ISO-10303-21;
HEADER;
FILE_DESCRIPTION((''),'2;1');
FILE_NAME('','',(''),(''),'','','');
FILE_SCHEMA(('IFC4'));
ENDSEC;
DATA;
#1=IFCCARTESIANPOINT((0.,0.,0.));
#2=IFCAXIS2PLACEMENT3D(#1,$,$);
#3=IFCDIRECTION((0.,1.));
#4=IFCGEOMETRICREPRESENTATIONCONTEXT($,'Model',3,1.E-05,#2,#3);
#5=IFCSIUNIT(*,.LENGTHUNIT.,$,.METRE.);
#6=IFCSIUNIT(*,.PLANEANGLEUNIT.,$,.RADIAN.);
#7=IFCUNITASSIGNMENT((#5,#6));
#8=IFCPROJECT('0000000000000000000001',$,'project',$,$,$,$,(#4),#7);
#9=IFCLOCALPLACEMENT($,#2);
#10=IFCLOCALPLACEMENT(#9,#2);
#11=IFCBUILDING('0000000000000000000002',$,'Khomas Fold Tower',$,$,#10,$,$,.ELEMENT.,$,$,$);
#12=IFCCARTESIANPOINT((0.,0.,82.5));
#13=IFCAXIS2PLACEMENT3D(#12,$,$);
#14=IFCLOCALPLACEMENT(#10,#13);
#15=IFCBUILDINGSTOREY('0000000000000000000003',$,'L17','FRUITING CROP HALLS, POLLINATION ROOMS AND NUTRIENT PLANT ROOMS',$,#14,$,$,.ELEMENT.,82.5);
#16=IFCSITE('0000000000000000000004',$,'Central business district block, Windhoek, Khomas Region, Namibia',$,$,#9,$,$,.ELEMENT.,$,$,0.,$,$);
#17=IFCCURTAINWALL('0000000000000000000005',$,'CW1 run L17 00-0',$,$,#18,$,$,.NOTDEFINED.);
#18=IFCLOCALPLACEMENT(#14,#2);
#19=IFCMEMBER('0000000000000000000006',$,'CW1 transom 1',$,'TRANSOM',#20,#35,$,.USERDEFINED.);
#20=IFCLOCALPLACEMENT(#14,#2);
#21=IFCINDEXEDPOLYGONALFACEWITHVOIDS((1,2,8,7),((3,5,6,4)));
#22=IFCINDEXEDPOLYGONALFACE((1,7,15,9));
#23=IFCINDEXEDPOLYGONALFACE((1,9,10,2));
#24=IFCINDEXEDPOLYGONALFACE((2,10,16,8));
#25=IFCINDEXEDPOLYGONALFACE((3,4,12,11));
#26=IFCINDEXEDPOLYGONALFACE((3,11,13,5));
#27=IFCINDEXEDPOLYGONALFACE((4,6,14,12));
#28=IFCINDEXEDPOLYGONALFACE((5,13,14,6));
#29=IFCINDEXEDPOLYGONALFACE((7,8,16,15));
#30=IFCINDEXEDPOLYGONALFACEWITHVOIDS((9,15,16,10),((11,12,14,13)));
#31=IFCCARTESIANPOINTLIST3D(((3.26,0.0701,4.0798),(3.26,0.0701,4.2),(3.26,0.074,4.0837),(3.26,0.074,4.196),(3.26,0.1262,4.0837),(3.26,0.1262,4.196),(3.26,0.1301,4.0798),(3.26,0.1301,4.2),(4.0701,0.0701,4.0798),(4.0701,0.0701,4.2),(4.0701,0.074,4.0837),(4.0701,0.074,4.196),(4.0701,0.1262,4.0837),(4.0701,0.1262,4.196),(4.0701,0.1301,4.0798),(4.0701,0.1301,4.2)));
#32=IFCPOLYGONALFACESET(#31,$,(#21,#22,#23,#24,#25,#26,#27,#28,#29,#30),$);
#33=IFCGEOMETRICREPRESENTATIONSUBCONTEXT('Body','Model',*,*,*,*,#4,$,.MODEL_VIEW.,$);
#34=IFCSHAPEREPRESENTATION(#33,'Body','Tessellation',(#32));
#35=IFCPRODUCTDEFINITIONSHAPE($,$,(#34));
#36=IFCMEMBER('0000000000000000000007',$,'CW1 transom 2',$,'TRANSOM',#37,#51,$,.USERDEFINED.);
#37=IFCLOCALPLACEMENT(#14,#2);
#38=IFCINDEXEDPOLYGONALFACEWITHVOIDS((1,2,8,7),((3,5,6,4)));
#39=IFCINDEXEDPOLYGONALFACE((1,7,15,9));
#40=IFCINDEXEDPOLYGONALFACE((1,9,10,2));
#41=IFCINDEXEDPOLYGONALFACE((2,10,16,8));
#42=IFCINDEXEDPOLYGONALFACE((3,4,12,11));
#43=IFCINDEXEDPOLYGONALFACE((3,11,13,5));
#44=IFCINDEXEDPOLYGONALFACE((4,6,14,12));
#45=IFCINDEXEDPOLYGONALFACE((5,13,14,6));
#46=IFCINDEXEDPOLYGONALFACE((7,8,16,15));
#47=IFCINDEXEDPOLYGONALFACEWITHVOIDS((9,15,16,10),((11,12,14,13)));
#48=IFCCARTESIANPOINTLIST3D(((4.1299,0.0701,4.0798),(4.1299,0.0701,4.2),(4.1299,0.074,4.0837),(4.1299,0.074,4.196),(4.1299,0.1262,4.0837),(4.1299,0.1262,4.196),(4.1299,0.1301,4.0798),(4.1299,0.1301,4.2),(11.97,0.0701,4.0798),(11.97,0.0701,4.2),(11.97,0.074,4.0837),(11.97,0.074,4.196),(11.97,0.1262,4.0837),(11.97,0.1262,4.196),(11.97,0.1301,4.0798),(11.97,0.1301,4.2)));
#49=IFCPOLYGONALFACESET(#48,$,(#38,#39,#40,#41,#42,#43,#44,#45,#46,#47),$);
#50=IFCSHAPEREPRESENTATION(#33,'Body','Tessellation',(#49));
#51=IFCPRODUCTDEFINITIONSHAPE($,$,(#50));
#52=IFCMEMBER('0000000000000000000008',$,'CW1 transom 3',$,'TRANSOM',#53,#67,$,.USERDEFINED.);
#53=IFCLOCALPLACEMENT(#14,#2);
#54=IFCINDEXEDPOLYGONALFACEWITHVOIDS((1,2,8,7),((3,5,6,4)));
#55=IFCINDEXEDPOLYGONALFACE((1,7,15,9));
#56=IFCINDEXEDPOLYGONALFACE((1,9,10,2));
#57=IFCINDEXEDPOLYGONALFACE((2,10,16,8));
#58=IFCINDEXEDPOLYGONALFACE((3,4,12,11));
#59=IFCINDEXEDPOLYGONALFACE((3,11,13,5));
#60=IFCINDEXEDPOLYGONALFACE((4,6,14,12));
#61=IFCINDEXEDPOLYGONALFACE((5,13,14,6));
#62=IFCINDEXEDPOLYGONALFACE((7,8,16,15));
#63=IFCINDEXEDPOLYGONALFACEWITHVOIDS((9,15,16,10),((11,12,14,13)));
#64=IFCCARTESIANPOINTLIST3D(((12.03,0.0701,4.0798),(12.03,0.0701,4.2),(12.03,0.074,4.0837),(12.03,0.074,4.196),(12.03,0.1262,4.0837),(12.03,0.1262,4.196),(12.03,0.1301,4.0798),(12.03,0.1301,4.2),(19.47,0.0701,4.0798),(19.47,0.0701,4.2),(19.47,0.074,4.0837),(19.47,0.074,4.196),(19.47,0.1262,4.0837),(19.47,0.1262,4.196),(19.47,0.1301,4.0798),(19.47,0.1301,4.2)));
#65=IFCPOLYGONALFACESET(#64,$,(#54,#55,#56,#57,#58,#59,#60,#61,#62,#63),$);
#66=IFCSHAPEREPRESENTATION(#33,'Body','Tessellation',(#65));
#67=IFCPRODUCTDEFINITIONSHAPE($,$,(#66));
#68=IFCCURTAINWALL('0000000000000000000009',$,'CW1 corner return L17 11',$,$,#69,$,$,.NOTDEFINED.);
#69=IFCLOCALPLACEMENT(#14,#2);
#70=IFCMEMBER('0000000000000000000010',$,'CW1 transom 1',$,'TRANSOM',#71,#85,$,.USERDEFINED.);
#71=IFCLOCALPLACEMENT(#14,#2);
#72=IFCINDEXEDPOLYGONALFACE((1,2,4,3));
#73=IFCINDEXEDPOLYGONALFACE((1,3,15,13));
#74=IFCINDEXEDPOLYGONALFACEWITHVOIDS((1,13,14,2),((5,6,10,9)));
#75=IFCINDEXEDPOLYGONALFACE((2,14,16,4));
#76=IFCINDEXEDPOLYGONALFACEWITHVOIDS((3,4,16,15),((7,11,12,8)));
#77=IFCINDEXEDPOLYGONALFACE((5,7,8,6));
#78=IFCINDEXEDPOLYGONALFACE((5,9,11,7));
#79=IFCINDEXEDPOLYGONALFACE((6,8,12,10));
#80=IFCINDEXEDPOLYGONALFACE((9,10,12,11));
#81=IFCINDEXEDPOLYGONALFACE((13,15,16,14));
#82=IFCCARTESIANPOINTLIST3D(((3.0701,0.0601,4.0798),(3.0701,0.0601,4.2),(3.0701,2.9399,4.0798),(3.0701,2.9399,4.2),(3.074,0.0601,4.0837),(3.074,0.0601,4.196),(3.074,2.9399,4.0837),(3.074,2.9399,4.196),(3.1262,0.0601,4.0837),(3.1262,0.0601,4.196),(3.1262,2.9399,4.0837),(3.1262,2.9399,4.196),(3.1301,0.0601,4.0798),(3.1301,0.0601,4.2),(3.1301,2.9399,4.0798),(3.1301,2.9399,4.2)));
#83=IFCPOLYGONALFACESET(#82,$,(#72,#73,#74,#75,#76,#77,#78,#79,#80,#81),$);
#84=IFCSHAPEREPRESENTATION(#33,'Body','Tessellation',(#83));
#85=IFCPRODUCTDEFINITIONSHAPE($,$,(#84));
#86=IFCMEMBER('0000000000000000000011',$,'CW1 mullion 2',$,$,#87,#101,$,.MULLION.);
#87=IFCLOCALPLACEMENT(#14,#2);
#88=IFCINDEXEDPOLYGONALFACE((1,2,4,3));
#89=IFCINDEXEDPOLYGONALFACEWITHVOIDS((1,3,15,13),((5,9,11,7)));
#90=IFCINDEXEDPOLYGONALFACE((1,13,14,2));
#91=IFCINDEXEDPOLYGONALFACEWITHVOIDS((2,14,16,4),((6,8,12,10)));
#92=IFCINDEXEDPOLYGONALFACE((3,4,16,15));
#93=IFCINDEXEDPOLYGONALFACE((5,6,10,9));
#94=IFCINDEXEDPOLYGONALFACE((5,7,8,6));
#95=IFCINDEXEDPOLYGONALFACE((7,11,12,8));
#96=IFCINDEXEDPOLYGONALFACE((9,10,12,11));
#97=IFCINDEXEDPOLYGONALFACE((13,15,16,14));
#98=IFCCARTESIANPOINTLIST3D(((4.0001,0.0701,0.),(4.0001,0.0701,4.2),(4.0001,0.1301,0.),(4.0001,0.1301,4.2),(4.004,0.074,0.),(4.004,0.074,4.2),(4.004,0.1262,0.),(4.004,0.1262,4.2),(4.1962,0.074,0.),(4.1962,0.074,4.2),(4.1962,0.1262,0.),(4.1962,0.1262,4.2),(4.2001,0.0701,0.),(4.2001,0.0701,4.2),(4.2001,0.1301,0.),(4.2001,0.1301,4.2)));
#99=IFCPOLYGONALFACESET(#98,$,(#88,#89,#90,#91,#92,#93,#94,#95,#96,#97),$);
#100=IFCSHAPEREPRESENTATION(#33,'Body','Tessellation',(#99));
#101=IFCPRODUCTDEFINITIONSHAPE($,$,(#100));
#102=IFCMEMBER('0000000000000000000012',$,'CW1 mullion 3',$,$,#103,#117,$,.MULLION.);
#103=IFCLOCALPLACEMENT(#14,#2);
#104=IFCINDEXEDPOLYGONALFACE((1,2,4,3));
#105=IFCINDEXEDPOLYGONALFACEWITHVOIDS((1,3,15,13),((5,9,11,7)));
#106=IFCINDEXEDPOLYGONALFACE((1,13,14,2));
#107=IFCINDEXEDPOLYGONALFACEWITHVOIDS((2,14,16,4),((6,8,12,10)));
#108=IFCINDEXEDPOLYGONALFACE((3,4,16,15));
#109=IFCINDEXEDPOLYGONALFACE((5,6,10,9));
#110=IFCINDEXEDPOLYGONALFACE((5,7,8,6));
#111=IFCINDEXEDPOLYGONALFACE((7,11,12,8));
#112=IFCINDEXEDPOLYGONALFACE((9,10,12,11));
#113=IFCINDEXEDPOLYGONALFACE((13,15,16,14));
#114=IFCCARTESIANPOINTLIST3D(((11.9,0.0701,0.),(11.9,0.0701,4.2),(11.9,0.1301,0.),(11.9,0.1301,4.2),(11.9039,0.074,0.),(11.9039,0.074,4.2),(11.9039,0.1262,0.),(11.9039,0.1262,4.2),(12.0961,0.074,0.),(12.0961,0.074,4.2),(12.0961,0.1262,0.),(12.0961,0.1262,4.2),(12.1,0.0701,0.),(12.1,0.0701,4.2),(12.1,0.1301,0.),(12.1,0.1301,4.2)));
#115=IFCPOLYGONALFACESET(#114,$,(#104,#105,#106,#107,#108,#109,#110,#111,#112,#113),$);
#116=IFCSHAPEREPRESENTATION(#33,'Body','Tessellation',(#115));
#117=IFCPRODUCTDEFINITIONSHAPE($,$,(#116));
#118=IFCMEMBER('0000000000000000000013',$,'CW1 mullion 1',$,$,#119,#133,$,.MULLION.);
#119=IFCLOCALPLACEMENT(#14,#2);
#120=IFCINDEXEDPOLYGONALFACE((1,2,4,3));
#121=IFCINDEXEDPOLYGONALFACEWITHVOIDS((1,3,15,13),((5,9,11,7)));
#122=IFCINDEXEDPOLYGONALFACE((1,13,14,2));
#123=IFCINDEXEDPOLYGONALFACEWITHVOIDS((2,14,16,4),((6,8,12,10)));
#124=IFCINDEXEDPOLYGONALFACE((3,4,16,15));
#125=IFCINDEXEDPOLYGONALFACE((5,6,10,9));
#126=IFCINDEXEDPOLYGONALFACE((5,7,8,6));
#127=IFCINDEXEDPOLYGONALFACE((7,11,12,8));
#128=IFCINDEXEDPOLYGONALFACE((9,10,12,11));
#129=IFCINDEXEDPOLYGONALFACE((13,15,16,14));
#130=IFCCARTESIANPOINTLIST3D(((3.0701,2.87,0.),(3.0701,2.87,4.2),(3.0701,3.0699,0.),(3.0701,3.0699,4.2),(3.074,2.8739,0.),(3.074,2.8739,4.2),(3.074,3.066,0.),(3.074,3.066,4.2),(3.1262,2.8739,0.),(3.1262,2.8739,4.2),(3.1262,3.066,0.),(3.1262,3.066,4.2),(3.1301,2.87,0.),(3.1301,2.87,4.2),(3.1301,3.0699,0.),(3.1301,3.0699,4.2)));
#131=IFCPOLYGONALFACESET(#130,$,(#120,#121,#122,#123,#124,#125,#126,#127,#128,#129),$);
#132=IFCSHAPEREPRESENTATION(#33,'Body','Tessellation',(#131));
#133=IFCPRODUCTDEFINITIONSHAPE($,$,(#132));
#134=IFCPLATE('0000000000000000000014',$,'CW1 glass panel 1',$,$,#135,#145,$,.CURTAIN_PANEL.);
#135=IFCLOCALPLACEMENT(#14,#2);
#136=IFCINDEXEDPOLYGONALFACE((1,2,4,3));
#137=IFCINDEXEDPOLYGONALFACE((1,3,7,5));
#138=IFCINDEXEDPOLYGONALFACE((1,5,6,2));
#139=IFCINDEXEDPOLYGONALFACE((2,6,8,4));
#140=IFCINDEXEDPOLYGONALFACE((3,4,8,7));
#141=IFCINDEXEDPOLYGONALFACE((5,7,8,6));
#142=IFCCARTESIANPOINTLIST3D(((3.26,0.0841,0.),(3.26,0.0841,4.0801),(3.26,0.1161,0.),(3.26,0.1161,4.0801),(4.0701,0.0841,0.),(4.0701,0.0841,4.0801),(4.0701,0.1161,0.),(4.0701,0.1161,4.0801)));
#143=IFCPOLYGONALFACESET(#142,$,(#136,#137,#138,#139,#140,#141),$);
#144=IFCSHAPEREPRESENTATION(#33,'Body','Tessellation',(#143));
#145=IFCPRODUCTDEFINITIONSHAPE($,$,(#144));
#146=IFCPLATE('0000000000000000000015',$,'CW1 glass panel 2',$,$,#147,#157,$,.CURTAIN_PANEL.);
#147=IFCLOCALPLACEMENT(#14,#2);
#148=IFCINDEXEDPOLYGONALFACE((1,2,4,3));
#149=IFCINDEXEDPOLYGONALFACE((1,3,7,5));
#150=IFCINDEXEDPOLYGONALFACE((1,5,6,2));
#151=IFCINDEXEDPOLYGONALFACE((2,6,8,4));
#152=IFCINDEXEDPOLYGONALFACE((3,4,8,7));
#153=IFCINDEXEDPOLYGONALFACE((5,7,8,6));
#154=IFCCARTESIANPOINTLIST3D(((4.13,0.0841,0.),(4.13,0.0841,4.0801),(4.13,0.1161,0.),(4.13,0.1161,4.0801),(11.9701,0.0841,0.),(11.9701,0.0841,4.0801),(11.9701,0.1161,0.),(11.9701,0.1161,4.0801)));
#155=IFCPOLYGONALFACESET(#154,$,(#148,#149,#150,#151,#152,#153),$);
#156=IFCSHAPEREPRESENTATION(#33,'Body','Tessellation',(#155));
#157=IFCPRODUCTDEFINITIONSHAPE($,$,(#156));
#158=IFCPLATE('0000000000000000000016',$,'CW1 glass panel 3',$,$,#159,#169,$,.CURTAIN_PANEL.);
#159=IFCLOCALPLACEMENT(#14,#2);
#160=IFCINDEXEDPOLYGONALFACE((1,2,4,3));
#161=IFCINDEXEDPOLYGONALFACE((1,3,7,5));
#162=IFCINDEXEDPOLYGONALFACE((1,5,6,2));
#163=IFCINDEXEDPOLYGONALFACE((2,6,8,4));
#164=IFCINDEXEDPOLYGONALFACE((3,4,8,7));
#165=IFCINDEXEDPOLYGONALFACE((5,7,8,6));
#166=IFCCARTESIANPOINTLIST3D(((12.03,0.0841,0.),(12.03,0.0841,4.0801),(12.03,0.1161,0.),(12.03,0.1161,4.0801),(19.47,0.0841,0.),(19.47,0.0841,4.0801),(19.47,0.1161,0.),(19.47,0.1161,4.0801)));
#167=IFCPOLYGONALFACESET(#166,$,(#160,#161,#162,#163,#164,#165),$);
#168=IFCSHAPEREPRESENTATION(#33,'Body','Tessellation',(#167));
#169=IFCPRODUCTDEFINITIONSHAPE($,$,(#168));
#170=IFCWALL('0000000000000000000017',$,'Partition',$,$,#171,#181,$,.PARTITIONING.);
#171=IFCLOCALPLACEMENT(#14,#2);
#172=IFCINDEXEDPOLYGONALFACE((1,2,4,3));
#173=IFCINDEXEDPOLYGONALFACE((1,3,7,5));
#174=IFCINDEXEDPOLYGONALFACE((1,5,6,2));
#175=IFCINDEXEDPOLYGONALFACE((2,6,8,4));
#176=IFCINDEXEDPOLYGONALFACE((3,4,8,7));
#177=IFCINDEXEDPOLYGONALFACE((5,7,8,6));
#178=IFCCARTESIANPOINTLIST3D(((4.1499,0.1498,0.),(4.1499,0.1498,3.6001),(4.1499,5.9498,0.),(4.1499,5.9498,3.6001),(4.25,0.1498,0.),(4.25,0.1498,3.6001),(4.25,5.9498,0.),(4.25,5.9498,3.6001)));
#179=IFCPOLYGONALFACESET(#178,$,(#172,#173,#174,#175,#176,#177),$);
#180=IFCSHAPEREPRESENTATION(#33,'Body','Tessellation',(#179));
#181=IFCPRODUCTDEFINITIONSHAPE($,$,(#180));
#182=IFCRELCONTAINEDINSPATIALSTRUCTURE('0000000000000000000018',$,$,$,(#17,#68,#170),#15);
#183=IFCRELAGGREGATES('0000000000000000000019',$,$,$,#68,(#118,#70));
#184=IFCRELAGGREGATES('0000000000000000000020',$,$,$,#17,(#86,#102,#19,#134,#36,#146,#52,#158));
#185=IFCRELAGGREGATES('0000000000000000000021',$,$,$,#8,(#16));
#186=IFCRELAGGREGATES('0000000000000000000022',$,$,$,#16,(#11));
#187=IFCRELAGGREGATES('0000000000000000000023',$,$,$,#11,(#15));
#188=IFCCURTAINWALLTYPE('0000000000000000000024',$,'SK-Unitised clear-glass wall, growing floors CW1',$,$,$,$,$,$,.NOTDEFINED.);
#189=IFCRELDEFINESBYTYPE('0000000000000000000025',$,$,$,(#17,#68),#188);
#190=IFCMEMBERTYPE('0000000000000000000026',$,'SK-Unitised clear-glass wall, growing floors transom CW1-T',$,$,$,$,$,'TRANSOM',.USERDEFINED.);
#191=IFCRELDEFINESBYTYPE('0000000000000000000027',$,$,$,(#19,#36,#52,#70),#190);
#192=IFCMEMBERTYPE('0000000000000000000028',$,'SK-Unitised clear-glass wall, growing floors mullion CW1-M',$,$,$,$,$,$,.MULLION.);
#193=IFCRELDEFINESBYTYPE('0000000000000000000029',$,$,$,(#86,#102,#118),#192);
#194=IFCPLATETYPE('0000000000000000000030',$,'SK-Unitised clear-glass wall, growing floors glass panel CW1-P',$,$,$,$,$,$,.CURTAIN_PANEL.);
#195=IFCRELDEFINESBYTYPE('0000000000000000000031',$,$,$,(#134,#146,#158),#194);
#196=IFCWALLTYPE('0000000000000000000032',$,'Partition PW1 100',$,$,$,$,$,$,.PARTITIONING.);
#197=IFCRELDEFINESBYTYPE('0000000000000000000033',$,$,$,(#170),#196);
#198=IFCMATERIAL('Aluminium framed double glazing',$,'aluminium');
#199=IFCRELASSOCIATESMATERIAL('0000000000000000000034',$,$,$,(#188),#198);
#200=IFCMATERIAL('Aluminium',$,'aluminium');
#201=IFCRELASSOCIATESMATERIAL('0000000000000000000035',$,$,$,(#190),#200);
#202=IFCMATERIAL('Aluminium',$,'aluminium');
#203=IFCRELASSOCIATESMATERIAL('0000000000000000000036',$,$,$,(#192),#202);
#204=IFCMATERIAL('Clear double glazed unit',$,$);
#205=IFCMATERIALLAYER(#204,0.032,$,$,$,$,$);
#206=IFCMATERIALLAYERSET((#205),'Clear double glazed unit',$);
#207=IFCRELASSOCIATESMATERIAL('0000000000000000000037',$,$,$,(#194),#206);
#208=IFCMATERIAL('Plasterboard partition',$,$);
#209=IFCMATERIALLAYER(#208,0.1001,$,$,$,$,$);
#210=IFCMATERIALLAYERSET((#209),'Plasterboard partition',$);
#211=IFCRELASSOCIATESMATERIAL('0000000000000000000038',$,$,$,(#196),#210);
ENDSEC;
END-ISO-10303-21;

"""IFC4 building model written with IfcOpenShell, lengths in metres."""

from ifc_helpers import new_model, si_unit, direction, frame, frame_2d, origin, origin_2d, place, context, subcontext, project, spatial, rectangle, hollow_rectangle, extrude, source, transform, mapped, material, layer, layer_set, material_profile, profile_set, type_object, element, aggregate, save


model = new_model("IFC4")

# Units and contexts
model_context = context("Model", 3, precision=1e-05, world=origin(), true_north=direction((0.0, 1.0)))
body_context = subcontext(model_context, "Body", "Model", "MODEL_VIEW")
ifc_project = project(units=[si_unit("LENGTHUNIT", "METRE"), si_unit("PLANEANGLEUNIT", "RADIAN")], contexts=[model_context])

# Site, building, storey
site_placement = place(None, origin())
site = spatial("IfcSite", under=ifc_project, at=site_placement, Name="Central business district block, Windhoek, Khomas Region, Namibia", CompositionType="ELEMENT", RefElevation=0.0)
building_placement = place(site_placement, origin())
building = spatial("IfcBuilding", under=site, at=building_placement, Name="Khomas Fold Tower", CompositionType="ELEMENT")
storey_placement = place(building_placement, frame((0.0, 0.0, 82.5)))
storey = spatial("IfcBuildingStorey", under=building, at=storey_placement, Name="L17", Description="FRUITING CROP HALLS, POLLINATION ROOMS AND NUTRIENT PLANT ROOMS", CompositionType="ELEMENT", Elevation=82.5)

# Curtain wall, members
ifc_material_1 = material(Name="Aluminium framed double glazing", Category="aluminium")
curtain_wall_type = type_object("IfcCurtainWallType", Name="SK-Unitised clear-glass wall, growing floors CW1", PredefinedType="NOTDEFINED", material=ifc_material_1)
curtain_wall_1_placement = place(storey_placement, origin())
curtain_wall_1 = element("IfcCurtainWall", 1, at=curtain_wall_1_placement, inside=storey, type_object=curtain_wall_type, Name="CW1 run L17 00-0", PredefinedType="NOTDEFINED")
ifc_material_2 = material(Name="Aluminium", Category="aluminium")
ifc_material_profile_1 = material_profile(ifc_material_2, hollow_rectangle(XDim=0.0601, YDim=0.1201, WallThickness=0.0039, at=origin_2d()), Name="SK-Unitised clear-glass wall, growing floors transom CW1-T")
ifc_profile_set_1 = profile_set([ifc_material_profile_1], Name="Aluminium")
member_type_1 = type_object("IfcMemberType", Name="SK-Unitised clear-glass wall, growing floors transom CW1-T", ElementType="TRANSOM", PredefinedType="USERDEFINED", material=ifc_profile_set_1)
shared_shape_1 = source(origin(), body_context, "Body", "SweptSolid", [
    extrude(hollow_rectangle(XDim=0.0601, YDim=0.1201, WallThickness=0.0039, at=origin_2d()), origin(), (0.0, 0.0, 1.0), 0.8101),
])
member_1_placement = place(storey_placement, frame((3.26, 0.1001, 4.1399), z_axis=(1.0, 0.0, 0.0), x_axis=(0.0, 1.0, 0.0)))
member_1 = element("IfcMember", 2, at=member_1_placement, type_object=member_type_1, Name="CW1 transom 1", ObjectType="TRANSOM", PredefinedType="USERDEFINED", context=body_context, shape_type="MappedRepresentation", body=[
    mapped(shared_shape_1, transform((0.0, 0.0, 0.0))),
])
shared_shape_2 = source(origin(), body_context, "Body", "SweptSolid", [
    extrude(hollow_rectangle(XDim=0.0601, YDim=0.1201, WallThickness=0.0039, at=origin_2d()), origin(), (0.0, 0.0, 1.0), 7.8401),
])
member_2_placement = place(storey_placement, frame((4.1299, 0.1001, 4.1399), z_axis=(1.0, 0.0, 0.0), x_axis=(0.0, 1.0, 0.0)))
member_2 = element("IfcMember", 3, at=member_2_placement, type_object=member_type_1, Name="CW1 transom 2", ObjectType="TRANSOM", PredefinedType="USERDEFINED", context=body_context, shape_type="MappedRepresentation", body=[
    mapped(shared_shape_2, transform((0.0, 0.0, 0.0))),
])
shared_shape_3 = source(origin(), body_context, "Body", "SweptSolid", [
    extrude(hollow_rectangle(XDim=0.0601, YDim=0.1201, WallThickness=0.0039, at=origin_2d()), origin(), (0.0, 0.0, 1.0), 7.4399),
])
member_3_placement = place(storey_placement, frame((12.03, 0.1001, 4.1399), z_axis=(1.0, 0.0, 0.0), x_axis=(0.0, 1.0, 0.0)))
member_3 = element("IfcMember", 4, at=member_3_placement, type_object=member_type_1, Name="CW1 transom 3", ObjectType="TRANSOM", PredefinedType="USERDEFINED", context=body_context, shape_type="MappedRepresentation", body=[
    mapped(shared_shape_3, transform((0.0, 0.0, 0.0))),
])

# Curtain wall, member
curtain_wall_2_placement = place(storey_placement, origin())
curtain_wall_2 = element("IfcCurtainWall", 5, at=curtain_wall_2_placement, inside=storey, type_object=curtain_wall_type, Name="CW1 corner return L17 11", PredefinedType="NOTDEFINED")
shared_shape_4 = source(origin(), body_context, "Body", "SweptSolid", [
    extrude(hollow_rectangle(XDim=0.0601, YDim=0.1201, WallThickness=0.0039, at=origin_2d()), origin(), (0.0, 0.0, 1.0), 2.8799),
])
member_4_placement = place(storey_placement, frame((3.1001, 2.9399, 4.1399), z_axis=(0.0, -1.0, 0.0), x_axis=(1.0, 0.0, 0.0)))
member_4 = element("IfcMember", 6, at=member_4_placement, type_object=member_type_1, Name="CW1 transom 1", ObjectType="TRANSOM", PredefinedType="USERDEFINED", context=body_context, shape_type="MappedRepresentation", body=[
    mapped(shared_shape_4, transform((0.0, 0.0, 0.0))),
])

# Members
ifc_material_3 = material(Name="Aluminium", Category="aluminium")
ifc_material_profile_2 = material_profile(ifc_material_3, hollow_rectangle(XDim=0.0601, YDim=0.2, WallThickness=0.0039, at=origin_2d()), Name="SK-Unitised clear-glass wall, growing floors mullion CW1-M")
ifc_profile_set_2 = profile_set([ifc_material_profile_2], Name="Aluminium")
member_type_2 = type_object("IfcMemberType", Name="SK-Unitised clear-glass wall, growing floors mullion CW1-M", PredefinedType="MULLION", material=ifc_profile_set_2)
shared_shape_5 = source(origin(), body_context, "Body", "SweptSolid", [
    extrude(hollow_rectangle(XDim=0.0601, YDim=0.2, WallThickness=0.0039, at=origin_2d()), origin(), (0.0, 0.0, 1.0), 4.2),
])
member_5_placement = place(storey_placement, frame((4.1001, 0.1001, 0.0), z_axis=(0.0, 0.0, 1.0), x_axis=(0.0, 1.0, 0.0)))
member_5 = element("IfcMember", 7, at=member_5_placement, type_object=member_type_2, Name="CW1 mullion 2", PredefinedType="MULLION", context=body_context, shape_type="MappedRepresentation", body=[
    mapped(shared_shape_5, transform((0.0, 0.0, 0.0))),
])
member_6_placement = place(storey_placement, frame((12.0, 0.1001, 0.0), z_axis=(0.0, 0.0, 1.0), x_axis=(0.0, 1.0, 0.0)))
member_6 = element("IfcMember", 8, at=member_6_placement, type_object=member_type_2, Name="CW1 mullion 3", PredefinedType="MULLION", context=body_context, shape_type="MappedRepresentation", body=[
    mapped(shared_shape_5, transform((0.0, 0.0, 0.0))),
])
member_7_placement = place(storey_placement, frame((3.1001, 2.97, 0.0), z_axis=(0.0, 0.0, 1.0), x_axis=(1.0, 0.0, 0.0)))
member_7 = element("IfcMember", 9, at=member_7_placement, type_object=member_type_2, Name="CW1 mullion 1", PredefinedType="MULLION", context=body_context, shape_type="MappedRepresentation", body=[
    mapped(shared_shape_5, transform((0.0, 0.0, 0.0))),
])
aggregate(curtain_wall_2, [member_7, member_4])

# Plates
ifc_material_4 = material(Name="Clear double glazed unit")
ifc_layer_1 = layer(ifc_material_4, 0.032)
ifc_layer_set_1 = layer_set([ifc_layer_1], Name="Clear double glazed unit")
plate_type = type_object("IfcPlateType", Name="SK-Unitised clear-glass wall, growing floors glass panel CW1-P", PredefinedType="CURTAIN_PANEL", material=ifc_layer_set_1)
shared_shape_6 = source(origin(), body_context, "Body", "SweptSolid", [
    extrude(rectangle(XDim=0.8101, YDim=0.032, at=origin_2d()), origin(), (0.0, 0.0, 1.0), 4.0801),
])
plate_1_placement = place(storey_placement, frame((3.665, 0.1001, 0.0), z_axis=(0.0, 0.0, 1.0), x_axis=(1.0, 0.0, 0.0)))
plate_1 = element("IfcPlate", 10, at=plate_1_placement, type_object=plate_type, Name="CW1 glass panel 1", PredefinedType="CURTAIN_PANEL", context=body_context, shape_type="MappedRepresentation", body=[
    mapped(shared_shape_6, transform((0.0, 0.0, 0.0))),
])
shared_shape_7 = source(origin(), body_context, "Body", "SweptSolid", [
    extrude(rectangle(XDim=7.8401, YDim=0.032, at=origin_2d()), origin(), (0.0, 0.0, 1.0), 4.0801),
])
plate_2_placement = place(storey_placement, frame((8.05, 0.1001, 0.0), z_axis=(0.0, 0.0, 1.0), x_axis=(1.0, 0.0, 0.0)))
plate_2 = element("IfcPlate", 11, at=plate_2_placement, type_object=plate_type, Name="CW1 glass panel 2", PredefinedType="CURTAIN_PANEL", context=body_context, shape_type="MappedRepresentation", body=[
    mapped(shared_shape_7, transform((0.0, 0.0, 0.0))),
])
shared_shape_8 = source(origin(), body_context, "Body", "SweptSolid", [
    extrude(rectangle(XDim=7.4399, YDim=0.032, at=origin_2d()), origin(), (0.0, 0.0, 1.0), 4.0801),
])
plate_3_placement = place(storey_placement, frame((15.75, 0.1001, 0.0), z_axis=(0.0, 0.0, 1.0), x_axis=(1.0, 0.0, 0.0)))
plate_3 = element("IfcPlate", 12, at=plate_3_placement, type_object=plate_type, Name="CW1 glass panel 3", PredefinedType="CURTAIN_PANEL", context=body_context, shape_type="MappedRepresentation", body=[
    mapped(shared_shape_8, transform((0.0, 0.0, 0.0))),
])
aggregate(curtain_wall_1, [member_5, member_6, member_1, plate_1, member_2, plate_2, member_3, plate_3])

# Wall
ifc_material_5 = material(Name="Plasterboard partition")
ifc_layer_2 = layer(ifc_material_5, 0.1001)
ifc_layer_set_2 = layer_set([ifc_layer_2], Name="Plasterboard partition")
wall_type_1 = type_object("IfcWallType", Name="Partition PW1 100", PredefinedType="PARTITIONING", material=ifc_layer_set_2)
shared_shape_9 = source(origin(), body_context, "Body", "SweptSolid", [
    extrude(rectangle(XDim=5.8, YDim=0.1001, at=frame_2d((2.8999, 0.0))), origin(), (0.0, 0.0, 1.0), 3.6001),
])
wall_1_placement = place(storey_placement, frame((4.2, 0.1499, 0.0), z_axis=(0.0, 0.0, 1.0), x_axis=(0.0, 1.0, 0.0)))
element("IfcWall", 13, at=wall_1_placement, inside=storey, type_object=wall_type_1, Name="Partition", PredefinedType="PARTITIONING", context=body_context, shape_type="MappedRepresentation", body=[
    mapped(shared_shape_9, transform((0.0, 0.0, 0.0))),
])

save(model, "model.ifc")
